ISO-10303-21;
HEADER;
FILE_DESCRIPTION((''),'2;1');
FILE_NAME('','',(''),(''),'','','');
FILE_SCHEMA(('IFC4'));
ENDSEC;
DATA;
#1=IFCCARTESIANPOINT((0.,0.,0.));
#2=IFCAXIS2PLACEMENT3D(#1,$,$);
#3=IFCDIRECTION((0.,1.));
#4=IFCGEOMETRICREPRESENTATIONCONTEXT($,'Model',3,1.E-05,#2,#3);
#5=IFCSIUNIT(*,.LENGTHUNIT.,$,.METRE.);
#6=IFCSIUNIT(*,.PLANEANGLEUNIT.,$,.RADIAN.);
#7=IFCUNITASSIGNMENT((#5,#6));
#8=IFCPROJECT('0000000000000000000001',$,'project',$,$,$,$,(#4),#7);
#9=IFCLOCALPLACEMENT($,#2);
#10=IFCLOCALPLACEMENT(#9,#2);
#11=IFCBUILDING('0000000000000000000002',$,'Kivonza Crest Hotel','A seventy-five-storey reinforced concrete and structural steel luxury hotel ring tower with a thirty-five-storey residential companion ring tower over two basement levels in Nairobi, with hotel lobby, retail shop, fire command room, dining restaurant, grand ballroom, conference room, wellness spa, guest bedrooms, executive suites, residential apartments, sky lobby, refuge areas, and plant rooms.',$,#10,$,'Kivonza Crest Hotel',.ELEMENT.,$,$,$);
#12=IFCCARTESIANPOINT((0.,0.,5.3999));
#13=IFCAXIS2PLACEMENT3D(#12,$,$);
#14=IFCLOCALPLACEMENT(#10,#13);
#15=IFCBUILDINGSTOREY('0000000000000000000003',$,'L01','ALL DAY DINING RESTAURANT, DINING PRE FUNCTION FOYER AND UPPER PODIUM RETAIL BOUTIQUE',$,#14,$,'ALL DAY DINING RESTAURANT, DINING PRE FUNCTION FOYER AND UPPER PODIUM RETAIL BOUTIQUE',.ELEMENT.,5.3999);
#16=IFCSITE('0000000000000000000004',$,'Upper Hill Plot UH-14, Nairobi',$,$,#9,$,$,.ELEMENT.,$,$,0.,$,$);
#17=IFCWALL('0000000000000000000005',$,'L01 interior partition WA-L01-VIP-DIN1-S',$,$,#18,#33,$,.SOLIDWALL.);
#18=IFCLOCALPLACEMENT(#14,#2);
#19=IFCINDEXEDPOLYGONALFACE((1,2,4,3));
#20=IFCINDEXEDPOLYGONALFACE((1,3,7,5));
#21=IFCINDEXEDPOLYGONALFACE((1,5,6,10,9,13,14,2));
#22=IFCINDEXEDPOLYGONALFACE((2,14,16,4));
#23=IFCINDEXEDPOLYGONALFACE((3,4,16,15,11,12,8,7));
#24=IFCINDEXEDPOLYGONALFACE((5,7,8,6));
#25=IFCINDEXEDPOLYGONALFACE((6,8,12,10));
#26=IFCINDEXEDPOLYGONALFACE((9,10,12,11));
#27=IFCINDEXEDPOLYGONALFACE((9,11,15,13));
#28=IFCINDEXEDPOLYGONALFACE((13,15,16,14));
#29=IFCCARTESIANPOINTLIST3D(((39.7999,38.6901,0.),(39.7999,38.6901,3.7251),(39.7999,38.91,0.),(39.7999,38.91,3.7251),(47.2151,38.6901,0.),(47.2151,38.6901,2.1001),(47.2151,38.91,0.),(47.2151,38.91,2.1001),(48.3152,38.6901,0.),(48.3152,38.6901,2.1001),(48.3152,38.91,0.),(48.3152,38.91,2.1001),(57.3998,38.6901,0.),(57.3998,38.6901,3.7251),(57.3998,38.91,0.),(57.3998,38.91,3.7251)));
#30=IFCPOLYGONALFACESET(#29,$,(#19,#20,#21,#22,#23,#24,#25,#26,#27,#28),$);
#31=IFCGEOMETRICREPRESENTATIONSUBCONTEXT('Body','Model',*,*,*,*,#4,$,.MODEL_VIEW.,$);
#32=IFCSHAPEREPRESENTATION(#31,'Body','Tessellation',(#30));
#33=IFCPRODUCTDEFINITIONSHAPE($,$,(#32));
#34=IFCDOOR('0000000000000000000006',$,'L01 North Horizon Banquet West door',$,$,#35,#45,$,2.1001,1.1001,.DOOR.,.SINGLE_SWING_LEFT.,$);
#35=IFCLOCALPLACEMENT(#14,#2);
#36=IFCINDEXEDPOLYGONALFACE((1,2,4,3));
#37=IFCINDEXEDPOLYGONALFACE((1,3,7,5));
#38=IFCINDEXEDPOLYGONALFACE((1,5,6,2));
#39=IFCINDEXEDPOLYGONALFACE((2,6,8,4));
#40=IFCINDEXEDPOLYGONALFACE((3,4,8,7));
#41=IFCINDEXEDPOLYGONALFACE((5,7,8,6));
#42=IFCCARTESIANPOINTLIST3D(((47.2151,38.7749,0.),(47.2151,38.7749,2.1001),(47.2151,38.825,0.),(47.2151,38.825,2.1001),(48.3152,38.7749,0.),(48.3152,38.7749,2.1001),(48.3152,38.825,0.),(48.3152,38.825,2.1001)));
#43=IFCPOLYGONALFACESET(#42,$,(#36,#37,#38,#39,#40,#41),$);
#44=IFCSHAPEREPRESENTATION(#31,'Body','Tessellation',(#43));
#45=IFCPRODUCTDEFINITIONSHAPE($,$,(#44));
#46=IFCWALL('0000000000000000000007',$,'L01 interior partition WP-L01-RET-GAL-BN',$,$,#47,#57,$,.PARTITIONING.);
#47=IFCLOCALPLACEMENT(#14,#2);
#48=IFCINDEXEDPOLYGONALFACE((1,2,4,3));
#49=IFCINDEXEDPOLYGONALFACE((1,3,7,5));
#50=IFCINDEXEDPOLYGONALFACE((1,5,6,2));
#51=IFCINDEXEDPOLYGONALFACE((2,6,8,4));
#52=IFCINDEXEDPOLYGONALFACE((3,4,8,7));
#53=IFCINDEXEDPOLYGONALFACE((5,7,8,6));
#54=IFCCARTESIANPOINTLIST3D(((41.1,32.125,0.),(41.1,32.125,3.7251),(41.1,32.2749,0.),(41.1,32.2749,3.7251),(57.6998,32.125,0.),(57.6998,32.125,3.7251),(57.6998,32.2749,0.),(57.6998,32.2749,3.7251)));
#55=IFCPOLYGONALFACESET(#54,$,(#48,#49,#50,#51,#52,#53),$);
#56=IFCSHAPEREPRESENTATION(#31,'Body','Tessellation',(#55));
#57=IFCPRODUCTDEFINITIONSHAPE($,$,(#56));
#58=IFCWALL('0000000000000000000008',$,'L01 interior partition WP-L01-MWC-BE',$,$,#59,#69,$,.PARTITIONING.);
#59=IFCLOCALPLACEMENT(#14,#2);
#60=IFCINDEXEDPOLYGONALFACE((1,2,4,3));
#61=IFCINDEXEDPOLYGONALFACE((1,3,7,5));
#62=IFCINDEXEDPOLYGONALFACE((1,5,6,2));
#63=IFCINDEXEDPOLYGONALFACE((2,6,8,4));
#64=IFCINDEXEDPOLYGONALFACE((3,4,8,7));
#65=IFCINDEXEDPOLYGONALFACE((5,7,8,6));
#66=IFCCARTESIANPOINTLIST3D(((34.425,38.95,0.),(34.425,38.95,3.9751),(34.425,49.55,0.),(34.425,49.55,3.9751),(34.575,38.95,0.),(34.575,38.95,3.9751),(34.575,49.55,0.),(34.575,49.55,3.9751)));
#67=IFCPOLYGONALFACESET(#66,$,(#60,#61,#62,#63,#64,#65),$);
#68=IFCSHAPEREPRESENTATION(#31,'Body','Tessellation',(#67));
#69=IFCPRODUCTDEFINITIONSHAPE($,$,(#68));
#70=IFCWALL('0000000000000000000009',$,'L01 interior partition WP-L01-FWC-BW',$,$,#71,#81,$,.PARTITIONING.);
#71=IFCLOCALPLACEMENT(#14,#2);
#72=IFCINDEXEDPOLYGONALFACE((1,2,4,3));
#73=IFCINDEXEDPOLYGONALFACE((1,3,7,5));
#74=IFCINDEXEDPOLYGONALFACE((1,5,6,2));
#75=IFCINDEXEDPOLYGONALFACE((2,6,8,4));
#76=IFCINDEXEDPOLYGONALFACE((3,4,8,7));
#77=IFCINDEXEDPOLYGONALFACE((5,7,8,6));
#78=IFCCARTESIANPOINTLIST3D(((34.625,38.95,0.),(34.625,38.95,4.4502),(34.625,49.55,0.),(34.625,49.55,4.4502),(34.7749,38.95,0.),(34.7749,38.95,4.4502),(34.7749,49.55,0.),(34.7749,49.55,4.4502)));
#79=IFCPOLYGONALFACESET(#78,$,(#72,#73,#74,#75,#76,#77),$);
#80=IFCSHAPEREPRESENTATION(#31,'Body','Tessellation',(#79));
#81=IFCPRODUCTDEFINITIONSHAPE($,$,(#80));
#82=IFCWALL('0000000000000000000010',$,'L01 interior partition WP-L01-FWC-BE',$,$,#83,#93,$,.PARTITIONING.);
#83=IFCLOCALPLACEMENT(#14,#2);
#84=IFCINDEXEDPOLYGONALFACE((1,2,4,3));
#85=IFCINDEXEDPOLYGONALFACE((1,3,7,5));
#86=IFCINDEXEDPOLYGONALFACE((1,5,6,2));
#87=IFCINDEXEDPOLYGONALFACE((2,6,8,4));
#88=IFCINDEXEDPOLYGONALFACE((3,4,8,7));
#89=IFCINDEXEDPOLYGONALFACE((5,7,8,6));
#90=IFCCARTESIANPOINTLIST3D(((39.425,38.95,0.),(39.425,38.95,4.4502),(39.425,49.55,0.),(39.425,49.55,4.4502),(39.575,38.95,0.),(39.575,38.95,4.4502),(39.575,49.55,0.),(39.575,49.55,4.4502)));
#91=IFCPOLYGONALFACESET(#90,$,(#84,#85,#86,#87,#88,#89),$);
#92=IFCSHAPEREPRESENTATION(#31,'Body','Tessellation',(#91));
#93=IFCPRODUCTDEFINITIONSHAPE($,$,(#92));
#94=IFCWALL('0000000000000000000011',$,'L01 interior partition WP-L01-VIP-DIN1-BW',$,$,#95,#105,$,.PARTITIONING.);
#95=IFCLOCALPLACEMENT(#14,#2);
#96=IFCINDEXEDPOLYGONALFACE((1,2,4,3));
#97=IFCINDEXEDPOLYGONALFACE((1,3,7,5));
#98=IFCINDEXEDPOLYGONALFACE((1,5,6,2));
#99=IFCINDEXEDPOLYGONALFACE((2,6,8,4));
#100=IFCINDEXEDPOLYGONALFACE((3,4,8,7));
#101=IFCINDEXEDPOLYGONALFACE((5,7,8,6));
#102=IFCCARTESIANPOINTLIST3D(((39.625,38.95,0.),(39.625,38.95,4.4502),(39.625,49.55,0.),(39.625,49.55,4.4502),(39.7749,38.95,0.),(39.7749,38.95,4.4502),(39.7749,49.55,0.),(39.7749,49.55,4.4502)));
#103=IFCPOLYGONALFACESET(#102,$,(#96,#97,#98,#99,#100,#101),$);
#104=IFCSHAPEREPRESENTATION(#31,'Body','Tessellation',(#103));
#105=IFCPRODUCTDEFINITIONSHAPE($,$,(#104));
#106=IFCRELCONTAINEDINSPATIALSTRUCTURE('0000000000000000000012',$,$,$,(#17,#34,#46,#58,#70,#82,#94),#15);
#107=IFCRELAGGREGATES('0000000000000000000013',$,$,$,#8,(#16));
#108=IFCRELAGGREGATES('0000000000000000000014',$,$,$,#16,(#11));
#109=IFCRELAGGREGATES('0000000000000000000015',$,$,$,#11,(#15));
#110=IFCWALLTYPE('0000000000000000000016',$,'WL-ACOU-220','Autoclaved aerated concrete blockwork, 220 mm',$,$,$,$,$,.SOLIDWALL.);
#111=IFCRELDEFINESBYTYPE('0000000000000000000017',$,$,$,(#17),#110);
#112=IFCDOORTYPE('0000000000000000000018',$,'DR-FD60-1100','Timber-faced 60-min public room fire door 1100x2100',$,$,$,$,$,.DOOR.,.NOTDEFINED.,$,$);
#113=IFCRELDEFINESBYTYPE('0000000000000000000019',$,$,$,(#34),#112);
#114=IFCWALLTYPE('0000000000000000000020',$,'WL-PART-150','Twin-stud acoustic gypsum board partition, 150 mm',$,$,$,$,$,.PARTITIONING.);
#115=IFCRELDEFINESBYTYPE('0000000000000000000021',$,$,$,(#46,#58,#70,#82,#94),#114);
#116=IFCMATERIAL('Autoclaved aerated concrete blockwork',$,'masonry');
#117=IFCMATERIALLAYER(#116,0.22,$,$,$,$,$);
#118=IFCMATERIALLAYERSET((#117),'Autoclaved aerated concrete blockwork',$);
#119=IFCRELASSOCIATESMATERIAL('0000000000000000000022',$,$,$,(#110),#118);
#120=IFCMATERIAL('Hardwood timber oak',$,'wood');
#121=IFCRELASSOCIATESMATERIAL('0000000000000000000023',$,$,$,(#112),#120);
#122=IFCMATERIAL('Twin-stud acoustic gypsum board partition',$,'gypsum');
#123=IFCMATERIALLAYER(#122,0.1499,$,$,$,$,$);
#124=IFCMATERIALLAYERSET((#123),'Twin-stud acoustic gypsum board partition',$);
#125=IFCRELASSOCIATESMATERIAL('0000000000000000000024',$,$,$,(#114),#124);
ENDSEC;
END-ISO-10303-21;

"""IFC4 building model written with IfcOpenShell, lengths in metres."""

from ifc_helpers import new_model, si_unit, direction, frame, frame_2d, origin, place, context, subcontext, project, spatial, rectangle, extrude, material, layer, layer_set, type_object, element, fill, save


model = new_model("IFC4")

# Units and contexts
model_context = context("Model", 3, precision=1e-05, world=origin(), true_north=direction((0.0, 1.0)))
body_context = subcontext(model_context, "Body", "Model", "MODEL_VIEW")
ifc_project = project(units=[si_unit("LENGTHUNIT", "METRE"), si_unit("PLANEANGLEUNIT", "RADIAN")], contexts=[model_context])

# Site, building, storey
site_placement = place(None, origin())
site = spatial("IfcSite", under=ifc_project, at=site_placement, Name="Upper Hill Plot UH-14, Nairobi", CompositionType="ELEMENT", RefElevation=0.0)
building_placement = place(site_placement, origin())
building = spatial("IfcBuilding", under=site, at=building_placement, Name="Kivonza Crest Hotel", Description="A seventy-five-storey reinforced concrete and structural steel luxury hotel ring tower with a thirty-five-storey residential companion ring tower over two basement levels in Nairobi, with hotel lobby, retail shop, fire command room, dining restaurant, grand ballroom, conference room, wellness spa, guest bedrooms, executive suites, residential apartments, sky lobby, refuge areas, and plant rooms.", LongName="Kivonza Crest Hotel", CompositionType="ELEMENT")
storey_placement = place(building_placement, frame((0.0, 0.0, 5.3999)))
storey = spatial("IfcBuildingStorey", under=building, at=storey_placement, Name="L01", Description="ALL DAY DINING RESTAURANT, DINING PRE FUNCTION FOYER AND UPPER PODIUM RETAIL BOUTIQUE", LongName="ALL DAY DINING RESTAURANT, DINING PRE FUNCTION FOYER AND UPPER PODIUM RETAIL BOUTIQUE", CompositionType="ELEMENT", Elevation=5.3999)

# Wall, opening, door
ifc_material_1 = material(Name="Autoclaved aerated concrete blockwork", Category="masonry")
ifc_layer_1 = layer(ifc_material_1, 0.22)
ifc_layer_set_1 = layer_set([ifc_layer_1], Name="Autoclaved aerated concrete blockwork")
wall_type_1 = type_object("IfcWallType", Name="WL-ACOU-220", Description="Autoclaved aerated concrete blockwork, 220 mm", PredefinedType="SOLIDWALL", material=ifc_layer_set_1)
ifc_material_2 = material(Name="Hardwood timber oak", Category="wood")
door_type = type_object("IfcDoorType", Name="DR-FD60-1100", Description="Timber-faced 60-min public room fire door 1100x2100", OperationType="NOTDEFINED", PredefinedType="DOOR", material=ifc_material_2)
wall_1_placement = place(storey_placement, frame((39.8, 38.8, 0.0), z_axis=(0.0, 0.0, 1.0), x_axis=(1.0, 0.0, 0.0)))
wall_1 = element("IfcWall", 1, at=wall_1_placement, inside=storey, type_object=wall_type_1, Name="L01 interior partition WA-L01-VIP-DIN1-S", PredefinedType="SOLIDWALL", context=body_context, shape_type="SweptSolid", body=[
    extrude(rectangle(XDim=17.5999, YDim=0.22, at=frame_2d((8.7998, 0.0))), origin(), (0.0, 0.0, 1.0), 3.7251),
])
opening_1_placement = place(wall_1_placement, frame((7.415, 0.0, 0.0)))
opening_1 = element("IfcOpeningElement", 2, at=opening_1_placement, cuts=wall_1, PredefinedType="OPENING", context=body_context, shape_type="SweptSolid", body=[
    extrude(rectangle(XDim=1.1001, YDim=2.1001, at=frame_2d((0.55, 1.05))), frame((0.0, 0.1201, 0.0), z_axis=(0.0, -1.0, 0.0), x_axis=(1.0, 0.0, 0.0)), (0.0, 0.0, 1.0), 0.24),
])
door_1_placement = place(opening_1_placement, origin())
door_1 = element("IfcDoor", 3, at=door_1_placement, inside=storey, type_object=door_type, Name="L01 North Horizon Banquet West door", OperationType="SINGLE_SWING_LEFT", OverallHeight=2.1001, OverallWidth=1.1001, PredefinedType="DOOR", context=body_context, shape_type="SweptSolid", body=[
    extrude(rectangle(XDim=1.1001, YDim=2.1001, at=frame_2d((0.55, 1.05))), frame((0.0, 0.0249, 0.0), z_axis=(0.0, -1.0, 0.0), x_axis=(1.0, 0.0, 0.0)), (0.0, 0.0, 1.0), 0.05),
])
fill(opening_1, door_1)

# Walls
ifc_material_3 = material(Name="Twin-stud acoustic gypsum board partition", Category="gypsum")
ifc_layer_2 = layer(ifc_material_3, 0.1499)
ifc_layer_set_2 = layer_set([ifc_layer_2], Name="Twin-stud acoustic gypsum board partition")
wall_type_2 = type_object("IfcWallType", Name="WL-PART-150", Description="Twin-stud acoustic gypsum board partition, 150 mm", PredefinedType="PARTITIONING", material=ifc_layer_set_2)
wall_2_placement = place(storey_placement, frame((41.1001, 32.2, 0.0), z_axis=(0.0, 0.0, 1.0), x_axis=(1.0, 0.0, 0.0)))
element("IfcWall", 4, at=wall_2_placement, inside=storey, type_object=wall_type_2, Name="L01 interior partition WP-L01-RET-GAL-BN", PredefinedType="PARTITIONING", context=body_context, shape_type="SweptSolid", body=[
    extrude(rectangle(XDim=16.5999, YDim=0.1499, at=frame_2d((8.2998, 0.0))), origin(), (0.0, 0.0, 1.0), 3.7251),
])
wall_3_placement = place(storey_placement, frame((34.5, 38.95, 0.0), z_axis=(0.0, 0.0, 1.0), x_axis=(0.0, 1.0, 0.0)))
element("IfcWall", 5, at=wall_3_placement, inside=storey, type_object=wall_type_2, Name="L01 interior partition WP-L01-MWC-BE", PredefinedType="PARTITIONING", context=body_context, shape_type="SweptSolid", body=[
    extrude(rectangle(XDim=10.6001, YDim=0.1499, at=frame_2d((5.3, 0.0))), origin(), (0.0, 0.0, 1.0), 3.9751),
])
for number, where, z_axis, x_axis, name in (
    (6, (34.7, 38.95, 0.0), (0.0, 0.0, 1.0), (0.0, 1.0, 0.0), "L01 interior partition WP-L01-FWC-BW"),
    (7, (39.5, 38.95, 0.0), (0.0, 0.0, 1.0), (0.0, 1.0, 0.0), "L01 interior partition WP-L01-FWC-BE"),
    (8, (39.7, 38.95, 0.0), (0.0, 0.0, 1.0), (0.0, 1.0, 0.0), "L01 interior partition WP-L01-VIP-DIN1-BW"),
):
    element("IfcWall", number, at=place(storey_placement, frame(where, z_axis=z_axis, x_axis=x_axis)), inside=storey, type_object=wall_type_2, Name=name, PredefinedType="PARTITIONING", context=body_context, shape_type="SweptSolid", body=[
        extrude(rectangle(XDim=10.6001, YDim=0.1499, at=frame_2d((5.3, 0.0))), origin(), (0.0, 0.0, 1.0), 4.4502),
    ])

save(model, "model.ifc")
